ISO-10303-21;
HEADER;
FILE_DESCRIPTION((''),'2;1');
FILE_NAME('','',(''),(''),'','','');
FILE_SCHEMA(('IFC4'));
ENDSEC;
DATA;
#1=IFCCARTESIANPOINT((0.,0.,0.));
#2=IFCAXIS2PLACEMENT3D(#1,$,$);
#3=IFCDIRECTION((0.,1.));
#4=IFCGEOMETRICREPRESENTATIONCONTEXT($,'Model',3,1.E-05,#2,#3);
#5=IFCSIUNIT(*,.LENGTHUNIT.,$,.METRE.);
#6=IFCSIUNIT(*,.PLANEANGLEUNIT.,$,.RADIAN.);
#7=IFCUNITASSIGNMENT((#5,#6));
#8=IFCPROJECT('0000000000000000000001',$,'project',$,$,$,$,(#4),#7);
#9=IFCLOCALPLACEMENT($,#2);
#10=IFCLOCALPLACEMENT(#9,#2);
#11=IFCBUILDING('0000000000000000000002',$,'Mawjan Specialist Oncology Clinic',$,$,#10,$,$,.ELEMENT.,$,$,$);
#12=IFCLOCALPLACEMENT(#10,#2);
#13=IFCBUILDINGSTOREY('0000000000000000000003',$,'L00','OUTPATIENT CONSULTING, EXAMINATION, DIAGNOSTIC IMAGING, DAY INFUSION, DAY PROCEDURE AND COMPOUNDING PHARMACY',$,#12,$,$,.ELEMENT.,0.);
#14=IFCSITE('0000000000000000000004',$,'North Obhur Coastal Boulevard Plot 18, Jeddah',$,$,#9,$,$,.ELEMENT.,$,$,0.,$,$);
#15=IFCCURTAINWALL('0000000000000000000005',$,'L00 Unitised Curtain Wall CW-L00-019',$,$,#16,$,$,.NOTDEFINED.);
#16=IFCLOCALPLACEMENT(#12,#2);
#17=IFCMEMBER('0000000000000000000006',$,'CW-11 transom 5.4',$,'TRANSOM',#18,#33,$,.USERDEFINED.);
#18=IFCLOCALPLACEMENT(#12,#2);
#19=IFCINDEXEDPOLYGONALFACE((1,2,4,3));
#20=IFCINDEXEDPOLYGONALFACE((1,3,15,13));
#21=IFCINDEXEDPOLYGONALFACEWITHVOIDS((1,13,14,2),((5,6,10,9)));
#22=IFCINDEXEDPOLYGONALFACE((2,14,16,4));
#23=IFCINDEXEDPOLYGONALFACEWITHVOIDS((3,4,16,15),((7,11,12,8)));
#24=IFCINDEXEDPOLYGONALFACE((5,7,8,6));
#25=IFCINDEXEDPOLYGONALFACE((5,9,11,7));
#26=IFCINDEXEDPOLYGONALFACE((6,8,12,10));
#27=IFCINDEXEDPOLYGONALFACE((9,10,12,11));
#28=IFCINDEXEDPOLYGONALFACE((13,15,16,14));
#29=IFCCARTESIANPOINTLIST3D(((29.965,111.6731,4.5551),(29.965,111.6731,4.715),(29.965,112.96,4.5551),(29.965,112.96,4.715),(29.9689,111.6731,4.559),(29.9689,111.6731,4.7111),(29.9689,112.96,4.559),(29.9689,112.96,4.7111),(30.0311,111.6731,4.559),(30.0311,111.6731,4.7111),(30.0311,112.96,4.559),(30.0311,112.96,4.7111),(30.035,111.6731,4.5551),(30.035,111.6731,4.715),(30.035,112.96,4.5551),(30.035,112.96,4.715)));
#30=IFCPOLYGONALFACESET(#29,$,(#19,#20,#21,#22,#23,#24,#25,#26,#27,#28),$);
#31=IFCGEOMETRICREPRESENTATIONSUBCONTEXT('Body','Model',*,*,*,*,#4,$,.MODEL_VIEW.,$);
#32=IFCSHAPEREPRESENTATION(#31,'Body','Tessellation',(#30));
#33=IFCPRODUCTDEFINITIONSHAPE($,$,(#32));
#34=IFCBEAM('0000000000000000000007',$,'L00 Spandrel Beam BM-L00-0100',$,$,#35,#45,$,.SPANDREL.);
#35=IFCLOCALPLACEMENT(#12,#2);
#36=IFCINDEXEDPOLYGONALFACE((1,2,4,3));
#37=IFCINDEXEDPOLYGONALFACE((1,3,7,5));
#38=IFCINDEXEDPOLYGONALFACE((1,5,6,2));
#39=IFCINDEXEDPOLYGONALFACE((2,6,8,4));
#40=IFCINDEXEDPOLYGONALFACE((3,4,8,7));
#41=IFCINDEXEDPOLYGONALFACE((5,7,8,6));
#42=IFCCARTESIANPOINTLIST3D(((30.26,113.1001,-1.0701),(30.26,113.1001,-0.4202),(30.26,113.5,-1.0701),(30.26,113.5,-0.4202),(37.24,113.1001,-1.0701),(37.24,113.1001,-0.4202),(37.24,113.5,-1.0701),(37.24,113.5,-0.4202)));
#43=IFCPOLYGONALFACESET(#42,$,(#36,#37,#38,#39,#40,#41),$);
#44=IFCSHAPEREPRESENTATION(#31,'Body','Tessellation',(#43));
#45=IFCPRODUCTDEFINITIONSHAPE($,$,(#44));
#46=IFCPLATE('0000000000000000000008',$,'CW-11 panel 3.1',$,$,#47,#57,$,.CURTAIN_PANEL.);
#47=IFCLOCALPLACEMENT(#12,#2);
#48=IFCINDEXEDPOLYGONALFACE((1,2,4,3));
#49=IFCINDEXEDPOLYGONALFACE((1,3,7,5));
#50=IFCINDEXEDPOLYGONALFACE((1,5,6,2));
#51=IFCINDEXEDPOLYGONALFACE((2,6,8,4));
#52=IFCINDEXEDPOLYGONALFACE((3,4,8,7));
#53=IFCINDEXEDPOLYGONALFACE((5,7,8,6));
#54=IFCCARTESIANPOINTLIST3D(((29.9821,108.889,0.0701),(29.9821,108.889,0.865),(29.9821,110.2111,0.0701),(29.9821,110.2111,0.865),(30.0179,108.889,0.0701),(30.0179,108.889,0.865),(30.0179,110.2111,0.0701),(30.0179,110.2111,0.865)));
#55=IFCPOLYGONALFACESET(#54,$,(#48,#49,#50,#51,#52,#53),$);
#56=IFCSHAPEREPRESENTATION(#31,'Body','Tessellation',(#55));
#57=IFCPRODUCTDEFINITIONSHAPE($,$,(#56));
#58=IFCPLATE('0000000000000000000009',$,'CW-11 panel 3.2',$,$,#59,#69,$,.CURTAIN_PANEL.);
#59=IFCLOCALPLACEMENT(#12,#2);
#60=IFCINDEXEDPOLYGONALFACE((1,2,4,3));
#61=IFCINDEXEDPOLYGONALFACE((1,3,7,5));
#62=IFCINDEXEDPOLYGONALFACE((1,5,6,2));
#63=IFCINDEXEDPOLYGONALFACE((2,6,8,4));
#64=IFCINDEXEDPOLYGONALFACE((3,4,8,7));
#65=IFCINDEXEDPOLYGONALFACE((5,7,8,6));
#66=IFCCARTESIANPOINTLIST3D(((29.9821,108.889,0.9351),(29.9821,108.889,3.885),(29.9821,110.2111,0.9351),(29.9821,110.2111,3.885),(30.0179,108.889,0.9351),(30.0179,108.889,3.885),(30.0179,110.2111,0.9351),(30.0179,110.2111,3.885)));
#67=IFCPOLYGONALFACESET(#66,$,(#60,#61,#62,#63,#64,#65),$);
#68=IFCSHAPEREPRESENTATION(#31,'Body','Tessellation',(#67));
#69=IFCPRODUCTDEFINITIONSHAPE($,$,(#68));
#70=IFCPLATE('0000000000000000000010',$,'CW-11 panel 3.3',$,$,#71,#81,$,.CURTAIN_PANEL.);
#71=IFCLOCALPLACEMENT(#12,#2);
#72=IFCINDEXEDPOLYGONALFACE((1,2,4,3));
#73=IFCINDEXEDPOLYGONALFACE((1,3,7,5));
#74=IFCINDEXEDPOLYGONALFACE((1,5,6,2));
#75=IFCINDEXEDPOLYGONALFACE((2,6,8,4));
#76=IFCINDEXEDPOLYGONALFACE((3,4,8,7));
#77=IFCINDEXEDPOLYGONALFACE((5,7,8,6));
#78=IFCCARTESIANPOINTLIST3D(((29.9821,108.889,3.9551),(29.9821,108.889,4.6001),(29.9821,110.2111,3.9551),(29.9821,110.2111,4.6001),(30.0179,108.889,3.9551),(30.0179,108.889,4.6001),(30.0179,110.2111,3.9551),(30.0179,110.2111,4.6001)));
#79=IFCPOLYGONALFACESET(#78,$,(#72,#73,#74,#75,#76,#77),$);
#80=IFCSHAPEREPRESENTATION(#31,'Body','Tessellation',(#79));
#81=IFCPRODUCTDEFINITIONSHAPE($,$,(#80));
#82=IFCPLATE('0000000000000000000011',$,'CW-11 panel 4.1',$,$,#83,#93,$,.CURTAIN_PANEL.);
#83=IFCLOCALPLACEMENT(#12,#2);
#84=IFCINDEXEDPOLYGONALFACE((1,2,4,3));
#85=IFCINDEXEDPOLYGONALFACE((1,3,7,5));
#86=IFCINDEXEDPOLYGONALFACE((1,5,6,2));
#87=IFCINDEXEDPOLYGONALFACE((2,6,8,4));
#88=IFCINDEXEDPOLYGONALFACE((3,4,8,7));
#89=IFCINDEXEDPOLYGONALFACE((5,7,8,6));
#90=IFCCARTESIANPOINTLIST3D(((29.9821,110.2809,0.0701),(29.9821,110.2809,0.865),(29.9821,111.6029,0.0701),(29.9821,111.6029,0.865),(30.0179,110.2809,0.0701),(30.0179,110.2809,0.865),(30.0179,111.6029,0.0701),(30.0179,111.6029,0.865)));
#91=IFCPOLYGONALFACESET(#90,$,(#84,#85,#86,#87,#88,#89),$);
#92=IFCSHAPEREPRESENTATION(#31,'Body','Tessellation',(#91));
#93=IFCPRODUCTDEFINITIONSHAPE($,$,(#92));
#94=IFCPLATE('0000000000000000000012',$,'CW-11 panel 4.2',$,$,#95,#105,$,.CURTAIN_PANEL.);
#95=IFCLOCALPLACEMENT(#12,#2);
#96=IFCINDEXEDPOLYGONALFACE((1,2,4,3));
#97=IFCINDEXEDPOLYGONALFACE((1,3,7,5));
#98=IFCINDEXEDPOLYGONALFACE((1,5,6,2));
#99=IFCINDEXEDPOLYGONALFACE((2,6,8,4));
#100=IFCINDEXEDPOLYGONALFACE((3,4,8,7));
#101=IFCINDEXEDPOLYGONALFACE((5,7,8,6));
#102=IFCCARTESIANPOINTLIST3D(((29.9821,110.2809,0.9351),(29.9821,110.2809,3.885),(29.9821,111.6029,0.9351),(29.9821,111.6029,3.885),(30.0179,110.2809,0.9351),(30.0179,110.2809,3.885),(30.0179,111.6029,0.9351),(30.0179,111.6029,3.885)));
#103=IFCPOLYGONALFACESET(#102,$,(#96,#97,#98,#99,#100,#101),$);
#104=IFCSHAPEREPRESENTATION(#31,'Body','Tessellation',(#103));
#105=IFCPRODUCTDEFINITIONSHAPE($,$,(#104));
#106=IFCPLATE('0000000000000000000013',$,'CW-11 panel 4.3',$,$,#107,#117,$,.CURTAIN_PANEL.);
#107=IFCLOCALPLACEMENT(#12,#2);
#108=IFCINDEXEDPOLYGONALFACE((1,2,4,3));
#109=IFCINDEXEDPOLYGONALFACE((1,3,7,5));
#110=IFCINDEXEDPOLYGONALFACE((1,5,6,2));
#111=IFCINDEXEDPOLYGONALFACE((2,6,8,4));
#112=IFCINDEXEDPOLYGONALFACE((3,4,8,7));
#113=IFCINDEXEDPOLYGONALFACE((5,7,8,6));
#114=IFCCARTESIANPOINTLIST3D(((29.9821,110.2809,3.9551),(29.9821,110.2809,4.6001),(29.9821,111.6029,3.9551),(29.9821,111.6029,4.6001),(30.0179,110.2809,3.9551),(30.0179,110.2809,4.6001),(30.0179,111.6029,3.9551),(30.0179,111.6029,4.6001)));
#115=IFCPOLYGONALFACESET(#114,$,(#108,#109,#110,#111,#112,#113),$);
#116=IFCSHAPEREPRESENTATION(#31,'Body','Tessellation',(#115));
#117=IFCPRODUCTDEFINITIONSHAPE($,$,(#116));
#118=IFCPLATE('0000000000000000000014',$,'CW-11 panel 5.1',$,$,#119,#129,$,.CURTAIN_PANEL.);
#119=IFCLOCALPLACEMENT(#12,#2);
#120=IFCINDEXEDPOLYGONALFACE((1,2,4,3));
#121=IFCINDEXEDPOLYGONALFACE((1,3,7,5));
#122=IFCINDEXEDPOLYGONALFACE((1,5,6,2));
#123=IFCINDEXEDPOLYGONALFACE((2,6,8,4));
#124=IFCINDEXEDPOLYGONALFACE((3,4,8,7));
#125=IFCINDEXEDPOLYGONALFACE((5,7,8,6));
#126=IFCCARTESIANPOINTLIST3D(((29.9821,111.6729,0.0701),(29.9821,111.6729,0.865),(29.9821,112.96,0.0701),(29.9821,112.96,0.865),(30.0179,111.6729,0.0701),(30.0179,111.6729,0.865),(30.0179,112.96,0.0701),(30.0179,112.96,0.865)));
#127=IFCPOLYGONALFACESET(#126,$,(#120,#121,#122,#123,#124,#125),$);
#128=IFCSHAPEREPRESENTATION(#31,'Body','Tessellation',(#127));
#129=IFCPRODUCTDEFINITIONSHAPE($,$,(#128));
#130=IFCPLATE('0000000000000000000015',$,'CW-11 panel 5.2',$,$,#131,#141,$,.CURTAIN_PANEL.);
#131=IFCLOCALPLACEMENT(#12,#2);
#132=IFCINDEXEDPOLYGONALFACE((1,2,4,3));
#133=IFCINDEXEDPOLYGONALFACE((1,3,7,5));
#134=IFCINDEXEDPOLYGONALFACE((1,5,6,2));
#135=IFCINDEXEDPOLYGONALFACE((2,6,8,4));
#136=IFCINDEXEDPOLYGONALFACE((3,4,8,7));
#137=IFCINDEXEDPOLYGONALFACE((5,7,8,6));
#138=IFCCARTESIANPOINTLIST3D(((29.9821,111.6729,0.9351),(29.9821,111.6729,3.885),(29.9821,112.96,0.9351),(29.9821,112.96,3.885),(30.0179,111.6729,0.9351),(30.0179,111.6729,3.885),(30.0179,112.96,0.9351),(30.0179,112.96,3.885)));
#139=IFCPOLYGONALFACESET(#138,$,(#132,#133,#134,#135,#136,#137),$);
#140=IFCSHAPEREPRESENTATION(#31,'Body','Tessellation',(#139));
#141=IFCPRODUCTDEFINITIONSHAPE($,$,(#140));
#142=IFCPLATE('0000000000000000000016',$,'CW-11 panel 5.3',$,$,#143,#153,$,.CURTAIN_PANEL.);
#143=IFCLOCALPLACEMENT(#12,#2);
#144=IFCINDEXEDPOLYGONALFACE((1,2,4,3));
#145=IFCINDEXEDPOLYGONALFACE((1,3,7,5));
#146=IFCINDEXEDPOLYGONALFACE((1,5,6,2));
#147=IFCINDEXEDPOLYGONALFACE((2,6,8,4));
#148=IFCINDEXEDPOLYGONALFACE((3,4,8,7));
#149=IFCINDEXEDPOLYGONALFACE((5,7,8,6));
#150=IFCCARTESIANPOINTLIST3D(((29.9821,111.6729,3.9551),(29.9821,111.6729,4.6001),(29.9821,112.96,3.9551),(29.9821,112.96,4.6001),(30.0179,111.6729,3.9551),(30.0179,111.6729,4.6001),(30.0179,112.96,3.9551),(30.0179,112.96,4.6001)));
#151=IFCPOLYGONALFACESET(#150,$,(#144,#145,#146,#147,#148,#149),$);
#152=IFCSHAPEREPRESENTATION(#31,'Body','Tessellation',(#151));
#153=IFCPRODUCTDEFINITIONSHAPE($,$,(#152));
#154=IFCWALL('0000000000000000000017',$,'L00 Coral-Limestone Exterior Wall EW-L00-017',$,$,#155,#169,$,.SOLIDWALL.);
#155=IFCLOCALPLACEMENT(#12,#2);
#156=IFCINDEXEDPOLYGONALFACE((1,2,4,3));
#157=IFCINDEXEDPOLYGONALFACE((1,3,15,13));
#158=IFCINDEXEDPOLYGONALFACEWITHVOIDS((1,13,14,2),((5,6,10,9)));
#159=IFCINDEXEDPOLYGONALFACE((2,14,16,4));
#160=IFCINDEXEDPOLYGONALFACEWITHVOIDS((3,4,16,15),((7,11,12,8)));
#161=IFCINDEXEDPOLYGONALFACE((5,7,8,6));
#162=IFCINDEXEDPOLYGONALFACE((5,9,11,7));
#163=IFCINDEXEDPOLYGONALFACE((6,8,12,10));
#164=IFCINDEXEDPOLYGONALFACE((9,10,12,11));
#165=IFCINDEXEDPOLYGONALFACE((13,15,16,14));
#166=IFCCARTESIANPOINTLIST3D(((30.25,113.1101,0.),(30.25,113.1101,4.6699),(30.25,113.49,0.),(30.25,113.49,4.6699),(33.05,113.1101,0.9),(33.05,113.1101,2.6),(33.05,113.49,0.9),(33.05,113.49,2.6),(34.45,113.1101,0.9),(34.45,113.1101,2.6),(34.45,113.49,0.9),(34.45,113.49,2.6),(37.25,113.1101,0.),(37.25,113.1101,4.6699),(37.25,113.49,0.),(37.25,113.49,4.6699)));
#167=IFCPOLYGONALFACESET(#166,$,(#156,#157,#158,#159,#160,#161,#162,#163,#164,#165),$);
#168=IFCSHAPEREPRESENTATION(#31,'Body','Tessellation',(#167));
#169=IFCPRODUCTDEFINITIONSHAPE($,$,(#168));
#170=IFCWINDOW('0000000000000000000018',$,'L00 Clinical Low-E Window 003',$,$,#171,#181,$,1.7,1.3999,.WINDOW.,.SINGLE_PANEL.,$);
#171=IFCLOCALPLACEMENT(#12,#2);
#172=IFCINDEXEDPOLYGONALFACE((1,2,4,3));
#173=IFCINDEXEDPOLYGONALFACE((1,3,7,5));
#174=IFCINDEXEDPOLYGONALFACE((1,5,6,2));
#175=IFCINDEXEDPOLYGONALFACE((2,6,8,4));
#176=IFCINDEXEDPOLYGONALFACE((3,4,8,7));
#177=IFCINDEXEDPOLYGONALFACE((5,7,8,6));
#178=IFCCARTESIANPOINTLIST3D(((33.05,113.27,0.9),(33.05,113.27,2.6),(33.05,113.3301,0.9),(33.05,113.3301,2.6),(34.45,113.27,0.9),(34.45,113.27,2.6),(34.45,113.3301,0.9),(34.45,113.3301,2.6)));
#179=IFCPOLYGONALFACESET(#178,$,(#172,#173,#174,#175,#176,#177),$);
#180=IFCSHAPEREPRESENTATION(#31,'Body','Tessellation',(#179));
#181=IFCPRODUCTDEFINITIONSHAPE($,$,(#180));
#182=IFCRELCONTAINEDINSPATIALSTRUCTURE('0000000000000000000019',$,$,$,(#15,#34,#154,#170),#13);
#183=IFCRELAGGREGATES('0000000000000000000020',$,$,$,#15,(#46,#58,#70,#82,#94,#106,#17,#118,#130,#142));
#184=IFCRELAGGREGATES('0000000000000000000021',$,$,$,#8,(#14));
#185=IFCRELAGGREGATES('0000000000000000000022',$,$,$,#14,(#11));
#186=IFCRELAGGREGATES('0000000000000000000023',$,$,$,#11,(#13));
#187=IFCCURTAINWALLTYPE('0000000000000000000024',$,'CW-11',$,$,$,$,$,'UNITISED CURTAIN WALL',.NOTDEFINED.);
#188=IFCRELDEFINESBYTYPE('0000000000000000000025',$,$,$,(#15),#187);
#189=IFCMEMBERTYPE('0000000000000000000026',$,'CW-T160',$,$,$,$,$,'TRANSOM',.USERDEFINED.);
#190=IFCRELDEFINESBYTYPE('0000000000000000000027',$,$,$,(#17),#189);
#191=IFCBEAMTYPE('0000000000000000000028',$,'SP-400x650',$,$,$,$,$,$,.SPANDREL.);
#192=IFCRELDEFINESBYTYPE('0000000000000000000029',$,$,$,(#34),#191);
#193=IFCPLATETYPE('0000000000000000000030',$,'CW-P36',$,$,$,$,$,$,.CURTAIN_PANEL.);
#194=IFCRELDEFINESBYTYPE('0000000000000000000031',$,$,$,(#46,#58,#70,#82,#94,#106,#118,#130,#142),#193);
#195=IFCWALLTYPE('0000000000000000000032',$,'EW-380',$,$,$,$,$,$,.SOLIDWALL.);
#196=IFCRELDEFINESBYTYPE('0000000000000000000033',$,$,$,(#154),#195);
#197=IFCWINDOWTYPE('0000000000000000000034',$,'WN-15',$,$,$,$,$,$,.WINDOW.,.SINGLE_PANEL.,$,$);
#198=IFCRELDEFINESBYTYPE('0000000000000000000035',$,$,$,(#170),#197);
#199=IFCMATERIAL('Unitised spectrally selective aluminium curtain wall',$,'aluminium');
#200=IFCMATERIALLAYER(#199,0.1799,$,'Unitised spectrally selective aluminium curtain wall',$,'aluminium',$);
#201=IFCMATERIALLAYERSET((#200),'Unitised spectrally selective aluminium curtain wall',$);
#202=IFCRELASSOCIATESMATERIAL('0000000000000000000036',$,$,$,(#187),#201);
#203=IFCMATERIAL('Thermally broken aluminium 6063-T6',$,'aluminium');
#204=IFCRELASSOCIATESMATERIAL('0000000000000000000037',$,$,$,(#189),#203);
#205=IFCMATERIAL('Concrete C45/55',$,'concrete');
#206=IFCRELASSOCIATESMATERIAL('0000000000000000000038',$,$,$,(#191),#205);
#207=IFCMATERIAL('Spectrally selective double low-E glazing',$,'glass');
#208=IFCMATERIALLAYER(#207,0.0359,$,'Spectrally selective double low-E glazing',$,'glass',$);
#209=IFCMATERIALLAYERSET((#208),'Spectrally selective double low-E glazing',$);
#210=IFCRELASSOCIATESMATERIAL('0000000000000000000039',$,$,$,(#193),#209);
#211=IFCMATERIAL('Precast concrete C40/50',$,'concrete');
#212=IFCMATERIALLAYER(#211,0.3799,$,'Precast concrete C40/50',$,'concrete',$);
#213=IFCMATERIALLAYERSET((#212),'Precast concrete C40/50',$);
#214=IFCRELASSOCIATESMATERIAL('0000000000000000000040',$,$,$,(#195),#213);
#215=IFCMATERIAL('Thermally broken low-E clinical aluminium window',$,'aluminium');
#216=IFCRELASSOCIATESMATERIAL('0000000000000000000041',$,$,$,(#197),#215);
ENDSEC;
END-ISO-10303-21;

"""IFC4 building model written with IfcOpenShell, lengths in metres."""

from ifc_helpers import new_model, si_unit, direction, frame, frame_2d, origin, origin_2d, place, context, subcontext, project, spatial, rectangle, hollow_rectangle, extrude, material, layer, layer_set, material_profile, profile_set, type_object, element, fill, aggregate, save


model = new_model("IFC4")

# Units and contexts
model_context = context("Model", 3, precision=1e-05, world=origin(), true_north=direction((0.0, 1.0)))
body_context = subcontext(model_context, "Body", "Model", "MODEL_VIEW")
ifc_project = project(units=[si_unit("LENGTHUNIT", "METRE"), si_unit("PLANEANGLEUNIT", "RADIAN")], contexts=[model_context])

# Site, building, storey
site_placement = place(None, origin())
site = spatial("IfcSite", under=ifc_project, at=site_placement, Name="North Obhur Coastal Boulevard Plot 18, Jeddah", CompositionType="ELEMENT", RefElevation=0.0)
building_placement = place(site_placement, origin())
building = spatial("IfcBuilding", under=site, at=building_placement, Name="Mawjan Specialist Oncology Clinic", CompositionType="ELEMENT")
storey_placement = place(building_placement, origin())
storey = spatial("IfcBuildingStorey", under=building, at=storey_placement, Name="L00", Description="OUTPATIENT CONSULTING, EXAMINATION, DIAGNOSTIC IMAGING, DAY INFUSION, DAY PROCEDURE AND COMPOUNDING PHARMACY", CompositionType="ELEMENT", Elevation=0.0)

# Curtain wall, member
ifc_material_1 = material(Name="Unitised spectrally selective aluminium curtain wall", Category="aluminium")
ifc_layer_1 = layer(ifc_material_1, 0.1799, Name="Unitised spectrally selective aluminium curtain wall", Category="aluminium")
ifc_layer_set_1 = layer_set([ifc_layer_1], Name="Unitised spectrally selective aluminium curtain wall")
curtain_wall_type = type_object("IfcCurtainWallType", Name="CW-11", ElementType="UNITISED CURTAIN WALL", PredefinedType="NOTDEFINED", material=ifc_layer_set_1)
curtain_wall_placement = place(storey_placement, origin())
curtain_wall = element("IfcCurtainWall", 1, at=curtain_wall_placement, inside=storey, type_object=curtain_wall_type, Name="L00 Unitised Curtain Wall CW-L00-019", PredefinedType="NOTDEFINED")
ifc_material_2 = material(Name="Thermally broken aluminium 6063-T6", Category="aluminium")
ifc_material_profile_1 = material_profile(ifc_material_2, hollow_rectangle(XDim=0.0701, YDim=0.1599, WallThickness=0.0039, at=origin_2d()), Name="ALU TRANSOM 160x70x4", Category="aluminium")
ifc_profile_set_1 = profile_set([ifc_material_profile_1], Name="Thermally broken aluminium 6063-T6")
member_type_1 = type_object("IfcMemberType", Name="CW-T160", ElementType="TRANSOM", PredefinedType="USERDEFINED", material=ifc_profile_set_1)
member_1_placement = place(storey_placement, frame((30.0, 111.6731, 4.635), z_axis=(0.0, 1.0, 0.0), x_axis=(-1.0, 0.0, 0.0)))
member_1 = element("IfcMember", 2, at=member_1_placement, type_object=member_type_1, Name="CW-11 transom 5.4", ObjectType="TRANSOM", PredefinedType="USERDEFINED", context=body_context, shape_type="SweptSolid", body=[
    extrude(hollow_rectangle(XDim=0.0701, YDim=0.1599, WallThickness=0.0039, at=origin_2d()), origin(), (0.0, 0.0, 1.0), 1.2869),
])

# Beam
ifc_material_3 = material(Name="Concrete C45/55", Category="concrete")
ifc_material_profile_2 = material_profile(ifc_material_3, rectangle(XDim=0.3999, YDim=0.6499, at=origin_2d()), Name="RC BM 400x650", Category="concrete")
ifc_profile_set_2 = profile_set([ifc_material_profile_2], Name="Concrete C45/55")
beam_type = type_object("IfcBeamType", Name="SP-400x650", PredefinedType="SPANDREL", material=ifc_profile_set_2)
beam_placement = place(storey_placement, frame((30.26, 113.3, -0.7451), z_axis=(1.0, 0.0, 0.0), x_axis=(0.0, 1.0, 0.0)))
element("IfcBeam", 3, at=beam_placement, inside=storey, type_object=beam_type, Name="L00 Spandrel Beam BM-L00-0100", PredefinedType="SPANDREL", context=body_context, shape_type="SweptSolid", body=[
    extrude(rectangle(XDim=0.3999, YDim=0.6499, at=origin_2d()), origin(), (0.0, 0.0, 1.0), 6.98),
])

# Plates
ifc_material_4 = material(Name="Spectrally selective double low-E glazing", Category="glass")
ifc_layer_2 = layer(ifc_material_4, 0.0359, Name="Spectrally selective double low-E glazing", Category="glass")
ifc_layer_set_2 = layer_set([ifc_layer_2], Name="Spectrally selective double low-E glazing")
plate_type = type_object("IfcPlateType", Name="CW-P36", PredefinedType="CURTAIN_PANEL", material=ifc_layer_set_2)
plate_1_placement = place(storey_placement, frame((30.0, 109.55, 0.0701), z_axis=(0.0, 0.0, 1.0), x_axis=(0.0, 1.0, 0.0)))
plate_1 = element("IfcPlate", 4, at=plate_1_placement, type_object=plate_type, Name="CW-11 panel 3.1", PredefinedType="CURTAIN_PANEL", context=body_context, shape_type="SweptSolid", body=[
    extrude(rectangle(XDim=1.322, YDim=0.0359, at=origin_2d()), origin(), (0.0, 0.0, 1.0), 0.7949),
])
plate_2_placement = place(storey_placement, frame((30.0, 109.55, 0.9351), z_axis=(0.0, 0.0, 1.0), x_axis=(0.0, 1.0, 0.0)))
plate_2 = element("IfcPlate", 5, at=plate_2_placement, type_object=plate_type, Name="CW-11 panel 3.2", PredefinedType="CURTAIN_PANEL", context=body_context, shape_type="SweptSolid", body=[
    extrude(rectangle(XDim=1.322, YDim=0.0359, at=origin_2d()), origin(), (0.0, 0.0, 1.0), 2.95),
])
plate_3_placement = place(storey_placement, frame((30.0, 109.55, 3.9551), z_axis=(0.0, 0.0, 1.0), x_axis=(0.0, 1.0, 0.0)))
plate_3 = element("IfcPlate", 6, at=plate_3_placement, type_object=plate_type, Name="CW-11 panel 3.3", PredefinedType="CURTAIN_PANEL", context=body_context, shape_type="SweptSolid", body=[
    extrude(rectangle(XDim=1.322, YDim=0.0359, at=origin_2d()), origin(), (0.0, 0.0, 1.0), 0.645),
])
plate_4_placement = place(storey_placement, frame((30.0, 110.9419, 0.0701), z_axis=(0.0, 0.0, 1.0), x_axis=(0.0, 1.0, 0.0)))
plate_4 = element("IfcPlate", 7, at=plate_4_placement, type_object=plate_type, Name="CW-11 panel 4.1", PredefinedType="CURTAIN_PANEL", context=body_context, shape_type="SweptSolid", body=[
    extrude(rectangle(XDim=1.322, YDim=0.0359, at=origin_2d()), origin(), (0.0, 0.0, 1.0), 0.7949),
])
plate_5_placement = place(storey_placement, frame((30.0, 110.9419, 0.9351), z_axis=(0.0, 0.0, 1.0), x_axis=(0.0, 1.0, 0.0)))
plate_5 = element("IfcPlate", 8, at=plate_5_placement, type_object=plate_type, Name="CW-11 panel 4.2", PredefinedType="CURTAIN_PANEL", context=body_context, shape_type="SweptSolid", body=[
    extrude(rectangle(XDim=1.322, YDim=0.0359, at=origin_2d()), origin(), (0.0, 0.0, 1.0), 2.95),
])
plate_6_placement = place(storey_placement, frame((30.0, 110.9419, 3.9551), z_axis=(0.0, 0.0, 1.0), x_axis=(0.0, 1.0, 0.0)))
plate_6 = element("IfcPlate", 9, at=plate_6_placement, type_object=plate_type, Name="CW-11 panel 4.3", PredefinedType="CURTAIN_PANEL", context=body_context, shape_type="SweptSolid", body=[
    extrude(rectangle(XDim=1.322, YDim=0.0359, at=origin_2d()), origin(), (0.0, 0.0, 1.0), 0.645),
])
plate_7_placement = place(storey_placement, frame((30.0, 112.3164, 0.0701), z_axis=(0.0, 0.0, 1.0), x_axis=(0.0, 1.0, 0.0)))
plate_7 = element("IfcPlate", 10, at=plate_7_placement, type_object=plate_type, Name="CW-11 panel 5.1", PredefinedType="CURTAIN_PANEL", context=body_context, shape_type="SweptSolid", body=[
    extrude(rectangle(XDim=1.2871, YDim=0.0359, at=origin_2d()), origin(), (0.0, 0.0, 1.0), 0.7949),
])
plate_8_placement = place(storey_placement, frame((30.0, 112.3164, 0.9351), z_axis=(0.0, 0.0, 1.0), x_axis=(0.0, 1.0, 0.0)))
plate_8 = element("IfcPlate", 11, at=plate_8_placement, type_object=plate_type, Name="CW-11 panel 5.2", PredefinedType="CURTAIN_PANEL", context=body_context, shape_type="SweptSolid", body=[
    extrude(rectangle(XDim=1.2871, YDim=0.0359, at=origin_2d()), origin(), (0.0, 0.0, 1.0), 2.95),
])
plate_9_placement = place(storey_placement, frame((30.0, 112.3164, 3.9551), z_axis=(0.0, 0.0, 1.0), x_axis=(0.0, 1.0, 0.0)))
plate_9 = element("IfcPlate", 12, at=plate_9_placement, type_object=plate_type, Name="CW-11 panel 5.3", PredefinedType="CURTAIN_PANEL", context=body_context, shape_type="SweptSolid", body=[
    extrude(rectangle(XDim=1.2871, YDim=0.0359, at=origin_2d()), origin(), (0.0, 0.0, 1.0), 0.645),
])
aggregate(curtain_wall, [plate_1, plate_2, plate_3, plate_4, plate_5, plate_6, member_1, plate_7, plate_8, plate_9])

# Wall, opening, window
ifc_material_5 = material(Name="Precast concrete C40/50", Category="concrete")
ifc_layer_3 = layer(ifc_material_5, 0.3799, Name="Precast concrete C40/50", Category="concrete")
ifc_layer_set_3 = layer_set([ifc_layer_3], Name="Precast concrete C40/50")
wall_type = type_object("IfcWallType", Name="EW-380", PredefinedType="SOLIDWALL", material=ifc_layer_set_3)
wall_placement = place(storey_placement, frame((30.25, 113.3, 0.0), z_axis=(0.0, 0.0, 1.0), x_axis=(1.0, 0.0, 0.0)))
wall = element("IfcWall", 13, at=wall_placement, inside=storey, type_object=wall_type, Name="L00 Coral-Limestone Exterior Wall EW-L00-017", PredefinedType="SOLIDWALL", context=body_context, shape_type="SweptSolid", body=[
    extrude(rectangle(XDim=7.0, YDim=0.3799, at=frame_2d((3.5, 0.0))), origin(), (0.0, 0.0, 1.0), 4.6699),
])
opening_placement = place(wall_placement, frame((2.8, 0.0, 0.8999)))
opening = element("IfcOpeningElement", 14, at=opening_placement, cuts=wall, PredefinedType="OPENING", context=body_context, shape_type="SweptSolid", body=[
    extrude(rectangle(XDim=1.3999, YDim=1.7, at=frame_2d((0.7, 0.8501))), frame((0.0, 0.2019, 0.0), z_axis=(0.0, -1.0, 0.0), x_axis=(1.0, 0.0, 0.0)), (0.0, 0.0, 1.0), 0.4038),
])
ifc_material_6 = material(Name="Thermally broken low-E clinical aluminium window", Category="aluminium")
window_type = type_object("IfcWindowType", Name="WN-15", PartitioningType="SINGLE_PANEL", PredefinedType="WINDOW", material=ifc_material_6)
window_placement = place(opening_placement, origin())
window = element("IfcWindow", 15, at=window_placement, inside=storey, type_object=window_type, Name="L00 Clinical Low-E Window 003", OverallHeight=1.7, OverallWidth=1.3999, PartitioningType="SINGLE_PANEL", PredefinedType="WINDOW", context=body_context, shape_type="SweptSolid", body=[
    extrude(rectangle(XDim=1.3999, YDim=1.7, at=frame_2d((0.7, 0.8501))), frame((0.0, 0.03, 0.0), z_axis=(0.0, -1.0, 0.0), x_axis=(1.0, 0.0, 0.0)), (0.0, 0.0, 1.0), 0.0601),
])
fill(opening, window)

save(model, "model.ifc")
